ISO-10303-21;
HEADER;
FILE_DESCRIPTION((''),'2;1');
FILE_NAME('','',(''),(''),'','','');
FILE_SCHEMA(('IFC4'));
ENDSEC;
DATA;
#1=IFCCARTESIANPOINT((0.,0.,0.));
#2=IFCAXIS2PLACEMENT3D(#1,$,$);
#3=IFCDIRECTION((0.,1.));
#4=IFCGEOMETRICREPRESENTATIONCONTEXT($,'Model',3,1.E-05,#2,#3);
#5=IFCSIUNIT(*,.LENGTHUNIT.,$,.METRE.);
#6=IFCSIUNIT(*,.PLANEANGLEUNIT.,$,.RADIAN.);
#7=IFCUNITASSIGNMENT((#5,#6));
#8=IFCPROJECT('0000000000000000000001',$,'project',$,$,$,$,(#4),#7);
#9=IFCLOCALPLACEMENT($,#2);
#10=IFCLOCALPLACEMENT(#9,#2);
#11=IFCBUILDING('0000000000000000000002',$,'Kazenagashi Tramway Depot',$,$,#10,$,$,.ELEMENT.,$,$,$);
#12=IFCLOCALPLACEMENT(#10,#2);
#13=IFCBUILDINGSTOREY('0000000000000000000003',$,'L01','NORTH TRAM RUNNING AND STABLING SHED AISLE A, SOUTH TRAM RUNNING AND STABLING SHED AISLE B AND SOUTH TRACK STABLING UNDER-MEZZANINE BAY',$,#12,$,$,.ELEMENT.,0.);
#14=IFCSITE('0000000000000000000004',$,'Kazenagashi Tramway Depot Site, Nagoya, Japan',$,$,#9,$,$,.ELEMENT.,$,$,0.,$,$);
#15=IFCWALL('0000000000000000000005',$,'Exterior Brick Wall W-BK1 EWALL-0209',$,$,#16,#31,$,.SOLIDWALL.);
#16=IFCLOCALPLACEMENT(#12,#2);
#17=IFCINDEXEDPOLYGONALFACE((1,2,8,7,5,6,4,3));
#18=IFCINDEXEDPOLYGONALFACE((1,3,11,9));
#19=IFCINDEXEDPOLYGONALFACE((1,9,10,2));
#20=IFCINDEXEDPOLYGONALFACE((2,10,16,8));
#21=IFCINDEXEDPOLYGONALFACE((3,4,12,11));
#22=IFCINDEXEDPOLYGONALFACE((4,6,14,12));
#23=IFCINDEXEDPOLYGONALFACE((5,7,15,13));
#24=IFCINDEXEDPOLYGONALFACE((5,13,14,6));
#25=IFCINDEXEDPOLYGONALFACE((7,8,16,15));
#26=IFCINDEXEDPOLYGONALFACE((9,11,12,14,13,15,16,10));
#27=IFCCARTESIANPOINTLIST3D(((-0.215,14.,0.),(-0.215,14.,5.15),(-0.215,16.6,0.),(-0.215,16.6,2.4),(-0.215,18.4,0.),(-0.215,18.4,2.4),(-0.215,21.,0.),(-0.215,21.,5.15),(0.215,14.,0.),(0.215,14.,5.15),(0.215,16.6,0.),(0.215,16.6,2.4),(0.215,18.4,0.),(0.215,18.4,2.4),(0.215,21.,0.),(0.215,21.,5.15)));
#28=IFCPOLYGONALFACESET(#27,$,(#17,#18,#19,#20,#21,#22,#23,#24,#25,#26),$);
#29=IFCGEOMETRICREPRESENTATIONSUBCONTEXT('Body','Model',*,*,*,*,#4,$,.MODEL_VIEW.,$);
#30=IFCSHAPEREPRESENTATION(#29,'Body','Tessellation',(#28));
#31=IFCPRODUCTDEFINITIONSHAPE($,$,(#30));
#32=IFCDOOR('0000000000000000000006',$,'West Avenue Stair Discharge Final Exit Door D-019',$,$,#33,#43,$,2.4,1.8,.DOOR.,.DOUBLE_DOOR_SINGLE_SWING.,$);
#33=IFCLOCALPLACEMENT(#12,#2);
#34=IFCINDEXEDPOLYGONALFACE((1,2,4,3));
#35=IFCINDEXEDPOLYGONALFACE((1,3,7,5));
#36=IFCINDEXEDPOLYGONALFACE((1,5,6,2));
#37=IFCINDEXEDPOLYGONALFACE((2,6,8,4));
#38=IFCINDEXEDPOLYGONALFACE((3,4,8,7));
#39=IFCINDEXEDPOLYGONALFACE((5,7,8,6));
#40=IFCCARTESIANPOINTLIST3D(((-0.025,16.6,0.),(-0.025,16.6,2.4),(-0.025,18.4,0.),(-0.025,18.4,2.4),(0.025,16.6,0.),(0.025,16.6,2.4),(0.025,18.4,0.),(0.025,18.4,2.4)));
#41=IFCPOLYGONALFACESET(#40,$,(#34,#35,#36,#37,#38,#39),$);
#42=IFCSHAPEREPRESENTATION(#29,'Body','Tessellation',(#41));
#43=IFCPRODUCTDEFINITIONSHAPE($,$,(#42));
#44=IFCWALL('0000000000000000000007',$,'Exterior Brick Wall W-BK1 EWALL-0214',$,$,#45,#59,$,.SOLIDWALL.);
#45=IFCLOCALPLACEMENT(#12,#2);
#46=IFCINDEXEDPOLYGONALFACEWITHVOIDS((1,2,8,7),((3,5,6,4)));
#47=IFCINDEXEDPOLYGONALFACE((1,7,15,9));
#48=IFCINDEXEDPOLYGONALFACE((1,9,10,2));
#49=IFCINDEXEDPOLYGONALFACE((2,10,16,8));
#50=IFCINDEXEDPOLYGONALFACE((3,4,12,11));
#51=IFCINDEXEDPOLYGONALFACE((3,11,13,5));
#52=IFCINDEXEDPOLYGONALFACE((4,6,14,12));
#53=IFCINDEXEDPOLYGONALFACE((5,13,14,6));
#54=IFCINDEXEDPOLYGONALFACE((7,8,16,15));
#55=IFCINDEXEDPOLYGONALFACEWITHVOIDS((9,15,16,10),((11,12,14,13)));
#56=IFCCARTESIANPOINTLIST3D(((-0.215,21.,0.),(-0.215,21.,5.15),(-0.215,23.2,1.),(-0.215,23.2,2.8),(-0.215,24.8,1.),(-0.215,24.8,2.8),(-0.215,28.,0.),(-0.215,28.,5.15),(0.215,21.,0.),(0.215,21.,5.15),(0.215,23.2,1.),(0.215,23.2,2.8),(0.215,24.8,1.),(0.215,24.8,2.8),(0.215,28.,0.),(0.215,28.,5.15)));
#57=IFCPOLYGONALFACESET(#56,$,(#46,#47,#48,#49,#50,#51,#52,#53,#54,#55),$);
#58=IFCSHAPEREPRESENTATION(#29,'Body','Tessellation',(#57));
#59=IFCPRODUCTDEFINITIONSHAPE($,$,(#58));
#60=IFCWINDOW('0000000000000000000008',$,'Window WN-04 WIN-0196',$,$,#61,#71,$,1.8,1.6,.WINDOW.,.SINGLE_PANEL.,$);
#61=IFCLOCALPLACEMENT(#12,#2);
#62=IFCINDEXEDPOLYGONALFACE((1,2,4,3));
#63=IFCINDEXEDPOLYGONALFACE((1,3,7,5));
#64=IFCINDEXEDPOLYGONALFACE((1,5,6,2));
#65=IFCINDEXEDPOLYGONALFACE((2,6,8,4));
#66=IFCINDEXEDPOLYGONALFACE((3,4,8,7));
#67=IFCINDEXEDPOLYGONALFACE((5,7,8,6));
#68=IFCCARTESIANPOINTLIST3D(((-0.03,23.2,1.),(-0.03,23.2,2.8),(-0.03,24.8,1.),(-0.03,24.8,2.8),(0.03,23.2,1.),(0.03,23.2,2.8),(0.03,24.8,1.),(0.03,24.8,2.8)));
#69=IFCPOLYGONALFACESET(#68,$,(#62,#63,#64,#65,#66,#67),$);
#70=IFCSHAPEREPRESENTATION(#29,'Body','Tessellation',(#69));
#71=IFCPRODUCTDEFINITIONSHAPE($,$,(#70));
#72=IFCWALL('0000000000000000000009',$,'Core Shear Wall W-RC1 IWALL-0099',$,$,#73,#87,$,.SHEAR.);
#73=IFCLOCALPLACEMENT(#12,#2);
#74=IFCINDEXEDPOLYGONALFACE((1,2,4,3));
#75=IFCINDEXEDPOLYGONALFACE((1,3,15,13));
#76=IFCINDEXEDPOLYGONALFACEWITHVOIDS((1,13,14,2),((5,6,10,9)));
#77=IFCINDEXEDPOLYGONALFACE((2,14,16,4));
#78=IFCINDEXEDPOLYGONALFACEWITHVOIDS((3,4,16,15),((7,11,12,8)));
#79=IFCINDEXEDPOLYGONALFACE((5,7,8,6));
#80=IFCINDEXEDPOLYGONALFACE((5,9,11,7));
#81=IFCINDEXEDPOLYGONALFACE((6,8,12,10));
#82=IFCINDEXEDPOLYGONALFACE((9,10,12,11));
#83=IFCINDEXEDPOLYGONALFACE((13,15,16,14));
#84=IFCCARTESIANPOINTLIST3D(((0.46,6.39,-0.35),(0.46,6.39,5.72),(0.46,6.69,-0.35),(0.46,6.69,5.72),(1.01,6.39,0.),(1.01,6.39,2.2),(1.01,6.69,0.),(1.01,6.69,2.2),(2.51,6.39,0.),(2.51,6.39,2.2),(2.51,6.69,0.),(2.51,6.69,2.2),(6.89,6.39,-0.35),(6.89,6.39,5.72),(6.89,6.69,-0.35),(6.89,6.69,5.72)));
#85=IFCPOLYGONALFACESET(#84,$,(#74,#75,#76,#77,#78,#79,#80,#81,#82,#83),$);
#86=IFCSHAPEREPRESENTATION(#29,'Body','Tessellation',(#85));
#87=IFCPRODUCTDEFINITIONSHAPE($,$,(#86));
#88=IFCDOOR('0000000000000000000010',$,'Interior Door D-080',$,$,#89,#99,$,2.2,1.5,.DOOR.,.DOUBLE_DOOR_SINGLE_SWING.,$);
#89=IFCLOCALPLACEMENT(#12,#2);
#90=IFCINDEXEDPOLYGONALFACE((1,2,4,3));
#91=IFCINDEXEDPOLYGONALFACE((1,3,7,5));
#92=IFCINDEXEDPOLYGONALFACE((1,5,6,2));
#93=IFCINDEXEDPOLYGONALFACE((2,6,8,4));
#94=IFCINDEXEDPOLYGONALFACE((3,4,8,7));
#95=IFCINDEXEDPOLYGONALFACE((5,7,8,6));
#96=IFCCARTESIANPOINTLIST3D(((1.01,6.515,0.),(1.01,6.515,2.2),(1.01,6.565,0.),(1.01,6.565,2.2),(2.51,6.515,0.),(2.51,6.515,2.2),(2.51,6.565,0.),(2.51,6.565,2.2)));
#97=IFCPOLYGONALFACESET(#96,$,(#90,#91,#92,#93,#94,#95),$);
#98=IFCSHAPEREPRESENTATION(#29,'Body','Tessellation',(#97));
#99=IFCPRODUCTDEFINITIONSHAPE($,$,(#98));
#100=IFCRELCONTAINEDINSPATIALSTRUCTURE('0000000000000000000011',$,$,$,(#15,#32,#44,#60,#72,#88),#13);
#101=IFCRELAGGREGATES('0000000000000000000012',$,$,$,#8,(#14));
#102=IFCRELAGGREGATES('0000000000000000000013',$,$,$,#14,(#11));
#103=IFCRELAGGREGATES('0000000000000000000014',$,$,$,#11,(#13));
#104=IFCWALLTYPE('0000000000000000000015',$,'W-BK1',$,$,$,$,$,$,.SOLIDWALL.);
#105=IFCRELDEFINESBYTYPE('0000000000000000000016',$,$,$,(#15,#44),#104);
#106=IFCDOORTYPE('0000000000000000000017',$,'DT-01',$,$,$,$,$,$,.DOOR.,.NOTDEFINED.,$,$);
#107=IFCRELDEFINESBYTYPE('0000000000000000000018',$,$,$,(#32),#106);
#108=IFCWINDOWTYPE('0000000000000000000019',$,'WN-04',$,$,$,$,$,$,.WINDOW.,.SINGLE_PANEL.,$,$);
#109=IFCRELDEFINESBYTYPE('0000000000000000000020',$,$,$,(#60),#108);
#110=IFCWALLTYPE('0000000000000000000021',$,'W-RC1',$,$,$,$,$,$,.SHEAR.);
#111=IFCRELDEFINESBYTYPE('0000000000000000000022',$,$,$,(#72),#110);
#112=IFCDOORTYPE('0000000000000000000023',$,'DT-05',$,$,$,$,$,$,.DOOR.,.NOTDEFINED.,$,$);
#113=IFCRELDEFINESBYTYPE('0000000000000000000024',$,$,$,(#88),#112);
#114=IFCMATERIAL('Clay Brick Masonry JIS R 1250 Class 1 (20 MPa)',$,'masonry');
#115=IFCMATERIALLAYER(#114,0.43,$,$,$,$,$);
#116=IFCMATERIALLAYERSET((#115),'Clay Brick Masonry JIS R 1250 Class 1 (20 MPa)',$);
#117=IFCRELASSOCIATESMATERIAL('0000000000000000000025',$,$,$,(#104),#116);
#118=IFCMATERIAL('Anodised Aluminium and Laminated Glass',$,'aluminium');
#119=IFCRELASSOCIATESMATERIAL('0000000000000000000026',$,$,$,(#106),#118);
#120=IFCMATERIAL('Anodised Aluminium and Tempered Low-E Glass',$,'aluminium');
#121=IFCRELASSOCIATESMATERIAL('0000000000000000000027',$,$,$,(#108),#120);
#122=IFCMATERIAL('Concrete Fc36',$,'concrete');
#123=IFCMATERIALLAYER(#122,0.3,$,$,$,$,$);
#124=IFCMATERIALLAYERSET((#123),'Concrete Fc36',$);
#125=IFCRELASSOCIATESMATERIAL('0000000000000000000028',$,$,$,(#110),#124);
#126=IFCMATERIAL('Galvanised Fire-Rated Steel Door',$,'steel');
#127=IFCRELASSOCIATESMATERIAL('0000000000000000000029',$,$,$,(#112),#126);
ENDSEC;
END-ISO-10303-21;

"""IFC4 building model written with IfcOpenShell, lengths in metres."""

from ifc_helpers import new_model, si_unit, direction, frame, frame_2d, origin, place, context, subcontext, project, spatial, rectangle, extrude, material, layer, layer_set, type_object, element, fill, save


model = new_model("IFC4")

# Units and contexts
model_context = context("Model", 3, precision=1e-05, world=origin(), true_north=direction((0.0, 1.0)))
body_context = subcontext(model_context, "Body", "Model", "MODEL_VIEW")
ifc_project = project(units=[si_unit("LENGTHUNIT", "METRE"), si_unit("PLANEANGLEUNIT", "RADIAN")], contexts=[model_context])

# Site, building, storey
site_placement = place(None, origin())
site = spatial("IfcSite", under=ifc_project, at=site_placement, Name="Kazenagashi Tramway Depot Site, Nagoya, Japan", CompositionType="ELEMENT", RefElevation=0.0)
building_placement = place(site_placement, origin())
building = spatial("IfcBuilding", under=site, at=building_placement, Name="Kazenagashi Tramway Depot", CompositionType="ELEMENT")
storey_placement = place(building_placement, origin())
storey = spatial("IfcBuildingStorey", under=building, at=storey_placement, Name="L01", Description="NORTH TRAM RUNNING AND STABLING SHED AISLE A, SOUTH TRAM RUNNING AND STABLING SHED AISLE B AND SOUTH TRACK STABLING UNDER-MEZZANINE BAY", CompositionType="ELEMENT", Elevation=0.0)

# Shared definitions
ifc_material_1 = material(Name="Clay Brick Masonry JIS R 1250 Class 1 (20 MPa)", Category="masonry")
ifc_layer_1 = layer(ifc_material_1, 0.43)
ifc_layer_set_1 = layer_set([ifc_layer_1], Name="Clay Brick Masonry JIS R 1250 Class 1 (20 MPa)")
wall_type_1 = type_object("IfcWallType", Name="W-BK1", PredefinedType="SOLIDWALL", material=ifc_layer_set_1)
ifc_material_2 = material(Name="Anodised Aluminium and Tempered Low-E Glass", Category="aluminium")

# Wall, opening, door
wall_1_placement = place(storey_placement, frame((0.0, 14.0, 0.0), z_axis=(0.0, 0.0, 1.0), x_axis=(0.0, 1.0, 0.0)))
wall_1 = element("IfcWall", 1, at=wall_1_placement, inside=storey, type_object=wall_type_1, Name="Exterior Brick Wall W-BK1 EWALL-0209", PredefinedType="SOLIDWALL", context=body_context, shape_type="SweptSolid", body=[
    extrude(rectangle(XDim=7.0, YDim=0.43, at=frame_2d((3.5, 0.0))), origin(), (0.0, 0.0, 1.0), 5.15),
])
opening_1_placement = place(wall_1_placement, frame((2.6, 0.0, 0.0)))
opening_1 = element("IfcOpeningElement", 2, at=opening_1_placement, cuts=wall_1, PredefinedType="OPENING", context=body_context, shape_type="SweptSolid", body=[
    extrude(rectangle(XDim=1.8, YDim=2.4, at=frame_2d((0.9, 1.2))), frame((0.0, 0.225, 0.0), z_axis=(0.0, -1.0, 0.0), x_axis=(1.0, 0.0, 0.0)), (0.0, 0.0, 1.0), 0.45),
])
ifc_material_3 = material(Name="Anodised Aluminium and Laminated Glass", Category="aluminium")
door_type_1 = type_object("IfcDoorType", Name="DT-01", OperationType="NOTDEFINED", PredefinedType="DOOR", material=ifc_material_3)
door_1_placement = place(opening_1_placement, origin())
door_1 = element("IfcDoor", 3, at=door_1_placement, inside=storey, type_object=door_type_1, Name="West Avenue Stair Discharge Final Exit Door D-019", OperationType="DOUBLE_DOOR_SINGLE_SWING", OverallHeight=2.4, OverallWidth=1.8, PredefinedType="DOOR", context=body_context, shape_type="SweptSolid", body=[
    extrude(rectangle(XDim=1.8, YDim=2.4, at=frame_2d((0.9, 1.2))), frame((0.0, 0.025, 0.0), z_axis=(0.0, -1.0, 0.0), x_axis=(1.0, 0.0, 0.0)), (0.0, 0.0, 1.0), 0.05),
])
fill(opening_1, door_1)

# Wall, opening, window
wall_2_placement = place(storey_placement, frame((0.0, 21.0, 0.0), z_axis=(0.0, 0.0, 1.0), x_axis=(0.0, 1.0, 0.0)))
wall_2 = element("IfcWall", 4, at=wall_2_placement, inside=storey, type_object=wall_type_1, Name="Exterior Brick Wall W-BK1 EWALL-0214", PredefinedType="SOLIDWALL", context=body_context, shape_type="SweptSolid", body=[
    extrude(rectangle(XDim=7.0, YDim=0.43, at=frame_2d((3.5, 0.0))), origin(), (0.0, 0.0, 1.0), 5.15),
])
opening_2_placement = place(wall_2_placement, frame((2.2, 0.0, 1.0)))
opening_2 = element("IfcOpeningElement", 5, at=opening_2_placement, cuts=wall_2, PredefinedType="OPENING", context=body_context, shape_type="SweptSolid", body=[
    extrude(rectangle(XDim=1.6, YDim=1.8, at=frame_2d((0.8, 0.9))), frame((0.0, 0.225, 0.0), z_axis=(0.0, -1.0, 0.0), x_axis=(1.0, 0.0, 0.0)), (0.0, 0.0, 1.0), 0.45),
])
window_type_1 = type_object("IfcWindowType", Name="WN-04", PartitioningType="SINGLE_PANEL", PredefinedType="WINDOW", material=ifc_material_2)
window_1_placement = place(opening_2_placement, origin())
window_1 = element("IfcWindow", 6, at=window_1_placement, inside=storey, type_object=window_type_1, Name="Window WN-04 WIN-0196", OverallHeight=1.8, OverallWidth=1.6, PartitioningType="SINGLE_PANEL", PredefinedType="WINDOW", context=body_context, shape_type="SweptSolid", body=[
    extrude(rectangle(XDim=1.6, YDim=1.8, at=frame_2d((0.8, 0.9))), frame((0.0, 0.03, 0.0), z_axis=(0.0, -1.0, 0.0), x_axis=(1.0, 0.0, 0.0)), (0.0, 0.0, 1.0), 0.06),
])
fill(opening_2, window_1)

# Wall, opening, door
ifc_material_4 = material(Name="Concrete Fc36", Category="concrete")
ifc_layer_2 = layer(ifc_material_4, 0.3)
ifc_layer_set_2 = layer_set([ifc_layer_2], Name="Concrete Fc36")
wall_type_2 = type_object("IfcWallType", Name="W-RC1", PredefinedType="SHEAR", material=ifc_layer_set_2)
wall_3_placement = place(storey_placement, frame((0.46, 6.54, -0.35), z_axis=(0.0, 0.0, 1.0), x_axis=(1.0, 0.0, 0.0)))
wall_3 = element("IfcWall", 7, at=wall_3_placement, inside=storey, type_object=wall_type_2, Name="Core Shear Wall W-RC1 IWALL-0099", PredefinedType="SHEAR", context=body_context, shape_type="SweptSolid", body=[
    extrude(rectangle(XDim=6.43, YDim=0.3, at=frame_2d((3.215, 0.0))), origin(), (0.0, 0.0, 1.0), 6.07),
])
opening_3_placement = place(wall_3_placement, frame((0.55, 0.0, 0.35)))
opening_3 = element("IfcOpeningElement", 8, at=opening_3_placement, cuts=wall_3, PredefinedType="OPENING", context=body_context, shape_type="SweptSolid", body=[
    extrude(rectangle(XDim=1.5, YDim=2.2, at=frame_2d((0.75, 1.1))), frame((0.0, 0.16, 0.0), z_axis=(0.0, -1.0, 0.0), x_axis=(1.0, 0.0, 0.0)), (0.0, 0.0, 1.0), 0.32),
])
ifc_material_5 = material(Name="Galvanised Fire-Rated Steel Door", Category="steel")
door_type_2 = type_object("IfcDoorType", Name="DT-05", OperationType="NOTDEFINED", PredefinedType="DOOR", material=ifc_material_5)
door_2_placement = place(opening_3_placement, origin())
door_2 = element("IfcDoor", 9, at=door_2_placement, inside=storey, type_object=door_type_2, Name="Interior Door D-080", OperationType="DOUBLE_DOOR_SINGLE_SWING", OverallHeight=2.2, OverallWidth=1.5, PredefinedType="DOOR", context=body_context, shape_type="SweptSolid", body=[
    extrude(rectangle(XDim=1.5, YDim=2.2, at=frame_2d((0.75, 1.1))), frame((0.0, 0.025, 0.0), z_axis=(0.0, -1.0, 0.0), x_axis=(1.0, 0.0, 0.0)), (0.0, 0.0, 1.0), 0.05),
])
fill(opening_3, door_2)

save(model, "model.ifc")
